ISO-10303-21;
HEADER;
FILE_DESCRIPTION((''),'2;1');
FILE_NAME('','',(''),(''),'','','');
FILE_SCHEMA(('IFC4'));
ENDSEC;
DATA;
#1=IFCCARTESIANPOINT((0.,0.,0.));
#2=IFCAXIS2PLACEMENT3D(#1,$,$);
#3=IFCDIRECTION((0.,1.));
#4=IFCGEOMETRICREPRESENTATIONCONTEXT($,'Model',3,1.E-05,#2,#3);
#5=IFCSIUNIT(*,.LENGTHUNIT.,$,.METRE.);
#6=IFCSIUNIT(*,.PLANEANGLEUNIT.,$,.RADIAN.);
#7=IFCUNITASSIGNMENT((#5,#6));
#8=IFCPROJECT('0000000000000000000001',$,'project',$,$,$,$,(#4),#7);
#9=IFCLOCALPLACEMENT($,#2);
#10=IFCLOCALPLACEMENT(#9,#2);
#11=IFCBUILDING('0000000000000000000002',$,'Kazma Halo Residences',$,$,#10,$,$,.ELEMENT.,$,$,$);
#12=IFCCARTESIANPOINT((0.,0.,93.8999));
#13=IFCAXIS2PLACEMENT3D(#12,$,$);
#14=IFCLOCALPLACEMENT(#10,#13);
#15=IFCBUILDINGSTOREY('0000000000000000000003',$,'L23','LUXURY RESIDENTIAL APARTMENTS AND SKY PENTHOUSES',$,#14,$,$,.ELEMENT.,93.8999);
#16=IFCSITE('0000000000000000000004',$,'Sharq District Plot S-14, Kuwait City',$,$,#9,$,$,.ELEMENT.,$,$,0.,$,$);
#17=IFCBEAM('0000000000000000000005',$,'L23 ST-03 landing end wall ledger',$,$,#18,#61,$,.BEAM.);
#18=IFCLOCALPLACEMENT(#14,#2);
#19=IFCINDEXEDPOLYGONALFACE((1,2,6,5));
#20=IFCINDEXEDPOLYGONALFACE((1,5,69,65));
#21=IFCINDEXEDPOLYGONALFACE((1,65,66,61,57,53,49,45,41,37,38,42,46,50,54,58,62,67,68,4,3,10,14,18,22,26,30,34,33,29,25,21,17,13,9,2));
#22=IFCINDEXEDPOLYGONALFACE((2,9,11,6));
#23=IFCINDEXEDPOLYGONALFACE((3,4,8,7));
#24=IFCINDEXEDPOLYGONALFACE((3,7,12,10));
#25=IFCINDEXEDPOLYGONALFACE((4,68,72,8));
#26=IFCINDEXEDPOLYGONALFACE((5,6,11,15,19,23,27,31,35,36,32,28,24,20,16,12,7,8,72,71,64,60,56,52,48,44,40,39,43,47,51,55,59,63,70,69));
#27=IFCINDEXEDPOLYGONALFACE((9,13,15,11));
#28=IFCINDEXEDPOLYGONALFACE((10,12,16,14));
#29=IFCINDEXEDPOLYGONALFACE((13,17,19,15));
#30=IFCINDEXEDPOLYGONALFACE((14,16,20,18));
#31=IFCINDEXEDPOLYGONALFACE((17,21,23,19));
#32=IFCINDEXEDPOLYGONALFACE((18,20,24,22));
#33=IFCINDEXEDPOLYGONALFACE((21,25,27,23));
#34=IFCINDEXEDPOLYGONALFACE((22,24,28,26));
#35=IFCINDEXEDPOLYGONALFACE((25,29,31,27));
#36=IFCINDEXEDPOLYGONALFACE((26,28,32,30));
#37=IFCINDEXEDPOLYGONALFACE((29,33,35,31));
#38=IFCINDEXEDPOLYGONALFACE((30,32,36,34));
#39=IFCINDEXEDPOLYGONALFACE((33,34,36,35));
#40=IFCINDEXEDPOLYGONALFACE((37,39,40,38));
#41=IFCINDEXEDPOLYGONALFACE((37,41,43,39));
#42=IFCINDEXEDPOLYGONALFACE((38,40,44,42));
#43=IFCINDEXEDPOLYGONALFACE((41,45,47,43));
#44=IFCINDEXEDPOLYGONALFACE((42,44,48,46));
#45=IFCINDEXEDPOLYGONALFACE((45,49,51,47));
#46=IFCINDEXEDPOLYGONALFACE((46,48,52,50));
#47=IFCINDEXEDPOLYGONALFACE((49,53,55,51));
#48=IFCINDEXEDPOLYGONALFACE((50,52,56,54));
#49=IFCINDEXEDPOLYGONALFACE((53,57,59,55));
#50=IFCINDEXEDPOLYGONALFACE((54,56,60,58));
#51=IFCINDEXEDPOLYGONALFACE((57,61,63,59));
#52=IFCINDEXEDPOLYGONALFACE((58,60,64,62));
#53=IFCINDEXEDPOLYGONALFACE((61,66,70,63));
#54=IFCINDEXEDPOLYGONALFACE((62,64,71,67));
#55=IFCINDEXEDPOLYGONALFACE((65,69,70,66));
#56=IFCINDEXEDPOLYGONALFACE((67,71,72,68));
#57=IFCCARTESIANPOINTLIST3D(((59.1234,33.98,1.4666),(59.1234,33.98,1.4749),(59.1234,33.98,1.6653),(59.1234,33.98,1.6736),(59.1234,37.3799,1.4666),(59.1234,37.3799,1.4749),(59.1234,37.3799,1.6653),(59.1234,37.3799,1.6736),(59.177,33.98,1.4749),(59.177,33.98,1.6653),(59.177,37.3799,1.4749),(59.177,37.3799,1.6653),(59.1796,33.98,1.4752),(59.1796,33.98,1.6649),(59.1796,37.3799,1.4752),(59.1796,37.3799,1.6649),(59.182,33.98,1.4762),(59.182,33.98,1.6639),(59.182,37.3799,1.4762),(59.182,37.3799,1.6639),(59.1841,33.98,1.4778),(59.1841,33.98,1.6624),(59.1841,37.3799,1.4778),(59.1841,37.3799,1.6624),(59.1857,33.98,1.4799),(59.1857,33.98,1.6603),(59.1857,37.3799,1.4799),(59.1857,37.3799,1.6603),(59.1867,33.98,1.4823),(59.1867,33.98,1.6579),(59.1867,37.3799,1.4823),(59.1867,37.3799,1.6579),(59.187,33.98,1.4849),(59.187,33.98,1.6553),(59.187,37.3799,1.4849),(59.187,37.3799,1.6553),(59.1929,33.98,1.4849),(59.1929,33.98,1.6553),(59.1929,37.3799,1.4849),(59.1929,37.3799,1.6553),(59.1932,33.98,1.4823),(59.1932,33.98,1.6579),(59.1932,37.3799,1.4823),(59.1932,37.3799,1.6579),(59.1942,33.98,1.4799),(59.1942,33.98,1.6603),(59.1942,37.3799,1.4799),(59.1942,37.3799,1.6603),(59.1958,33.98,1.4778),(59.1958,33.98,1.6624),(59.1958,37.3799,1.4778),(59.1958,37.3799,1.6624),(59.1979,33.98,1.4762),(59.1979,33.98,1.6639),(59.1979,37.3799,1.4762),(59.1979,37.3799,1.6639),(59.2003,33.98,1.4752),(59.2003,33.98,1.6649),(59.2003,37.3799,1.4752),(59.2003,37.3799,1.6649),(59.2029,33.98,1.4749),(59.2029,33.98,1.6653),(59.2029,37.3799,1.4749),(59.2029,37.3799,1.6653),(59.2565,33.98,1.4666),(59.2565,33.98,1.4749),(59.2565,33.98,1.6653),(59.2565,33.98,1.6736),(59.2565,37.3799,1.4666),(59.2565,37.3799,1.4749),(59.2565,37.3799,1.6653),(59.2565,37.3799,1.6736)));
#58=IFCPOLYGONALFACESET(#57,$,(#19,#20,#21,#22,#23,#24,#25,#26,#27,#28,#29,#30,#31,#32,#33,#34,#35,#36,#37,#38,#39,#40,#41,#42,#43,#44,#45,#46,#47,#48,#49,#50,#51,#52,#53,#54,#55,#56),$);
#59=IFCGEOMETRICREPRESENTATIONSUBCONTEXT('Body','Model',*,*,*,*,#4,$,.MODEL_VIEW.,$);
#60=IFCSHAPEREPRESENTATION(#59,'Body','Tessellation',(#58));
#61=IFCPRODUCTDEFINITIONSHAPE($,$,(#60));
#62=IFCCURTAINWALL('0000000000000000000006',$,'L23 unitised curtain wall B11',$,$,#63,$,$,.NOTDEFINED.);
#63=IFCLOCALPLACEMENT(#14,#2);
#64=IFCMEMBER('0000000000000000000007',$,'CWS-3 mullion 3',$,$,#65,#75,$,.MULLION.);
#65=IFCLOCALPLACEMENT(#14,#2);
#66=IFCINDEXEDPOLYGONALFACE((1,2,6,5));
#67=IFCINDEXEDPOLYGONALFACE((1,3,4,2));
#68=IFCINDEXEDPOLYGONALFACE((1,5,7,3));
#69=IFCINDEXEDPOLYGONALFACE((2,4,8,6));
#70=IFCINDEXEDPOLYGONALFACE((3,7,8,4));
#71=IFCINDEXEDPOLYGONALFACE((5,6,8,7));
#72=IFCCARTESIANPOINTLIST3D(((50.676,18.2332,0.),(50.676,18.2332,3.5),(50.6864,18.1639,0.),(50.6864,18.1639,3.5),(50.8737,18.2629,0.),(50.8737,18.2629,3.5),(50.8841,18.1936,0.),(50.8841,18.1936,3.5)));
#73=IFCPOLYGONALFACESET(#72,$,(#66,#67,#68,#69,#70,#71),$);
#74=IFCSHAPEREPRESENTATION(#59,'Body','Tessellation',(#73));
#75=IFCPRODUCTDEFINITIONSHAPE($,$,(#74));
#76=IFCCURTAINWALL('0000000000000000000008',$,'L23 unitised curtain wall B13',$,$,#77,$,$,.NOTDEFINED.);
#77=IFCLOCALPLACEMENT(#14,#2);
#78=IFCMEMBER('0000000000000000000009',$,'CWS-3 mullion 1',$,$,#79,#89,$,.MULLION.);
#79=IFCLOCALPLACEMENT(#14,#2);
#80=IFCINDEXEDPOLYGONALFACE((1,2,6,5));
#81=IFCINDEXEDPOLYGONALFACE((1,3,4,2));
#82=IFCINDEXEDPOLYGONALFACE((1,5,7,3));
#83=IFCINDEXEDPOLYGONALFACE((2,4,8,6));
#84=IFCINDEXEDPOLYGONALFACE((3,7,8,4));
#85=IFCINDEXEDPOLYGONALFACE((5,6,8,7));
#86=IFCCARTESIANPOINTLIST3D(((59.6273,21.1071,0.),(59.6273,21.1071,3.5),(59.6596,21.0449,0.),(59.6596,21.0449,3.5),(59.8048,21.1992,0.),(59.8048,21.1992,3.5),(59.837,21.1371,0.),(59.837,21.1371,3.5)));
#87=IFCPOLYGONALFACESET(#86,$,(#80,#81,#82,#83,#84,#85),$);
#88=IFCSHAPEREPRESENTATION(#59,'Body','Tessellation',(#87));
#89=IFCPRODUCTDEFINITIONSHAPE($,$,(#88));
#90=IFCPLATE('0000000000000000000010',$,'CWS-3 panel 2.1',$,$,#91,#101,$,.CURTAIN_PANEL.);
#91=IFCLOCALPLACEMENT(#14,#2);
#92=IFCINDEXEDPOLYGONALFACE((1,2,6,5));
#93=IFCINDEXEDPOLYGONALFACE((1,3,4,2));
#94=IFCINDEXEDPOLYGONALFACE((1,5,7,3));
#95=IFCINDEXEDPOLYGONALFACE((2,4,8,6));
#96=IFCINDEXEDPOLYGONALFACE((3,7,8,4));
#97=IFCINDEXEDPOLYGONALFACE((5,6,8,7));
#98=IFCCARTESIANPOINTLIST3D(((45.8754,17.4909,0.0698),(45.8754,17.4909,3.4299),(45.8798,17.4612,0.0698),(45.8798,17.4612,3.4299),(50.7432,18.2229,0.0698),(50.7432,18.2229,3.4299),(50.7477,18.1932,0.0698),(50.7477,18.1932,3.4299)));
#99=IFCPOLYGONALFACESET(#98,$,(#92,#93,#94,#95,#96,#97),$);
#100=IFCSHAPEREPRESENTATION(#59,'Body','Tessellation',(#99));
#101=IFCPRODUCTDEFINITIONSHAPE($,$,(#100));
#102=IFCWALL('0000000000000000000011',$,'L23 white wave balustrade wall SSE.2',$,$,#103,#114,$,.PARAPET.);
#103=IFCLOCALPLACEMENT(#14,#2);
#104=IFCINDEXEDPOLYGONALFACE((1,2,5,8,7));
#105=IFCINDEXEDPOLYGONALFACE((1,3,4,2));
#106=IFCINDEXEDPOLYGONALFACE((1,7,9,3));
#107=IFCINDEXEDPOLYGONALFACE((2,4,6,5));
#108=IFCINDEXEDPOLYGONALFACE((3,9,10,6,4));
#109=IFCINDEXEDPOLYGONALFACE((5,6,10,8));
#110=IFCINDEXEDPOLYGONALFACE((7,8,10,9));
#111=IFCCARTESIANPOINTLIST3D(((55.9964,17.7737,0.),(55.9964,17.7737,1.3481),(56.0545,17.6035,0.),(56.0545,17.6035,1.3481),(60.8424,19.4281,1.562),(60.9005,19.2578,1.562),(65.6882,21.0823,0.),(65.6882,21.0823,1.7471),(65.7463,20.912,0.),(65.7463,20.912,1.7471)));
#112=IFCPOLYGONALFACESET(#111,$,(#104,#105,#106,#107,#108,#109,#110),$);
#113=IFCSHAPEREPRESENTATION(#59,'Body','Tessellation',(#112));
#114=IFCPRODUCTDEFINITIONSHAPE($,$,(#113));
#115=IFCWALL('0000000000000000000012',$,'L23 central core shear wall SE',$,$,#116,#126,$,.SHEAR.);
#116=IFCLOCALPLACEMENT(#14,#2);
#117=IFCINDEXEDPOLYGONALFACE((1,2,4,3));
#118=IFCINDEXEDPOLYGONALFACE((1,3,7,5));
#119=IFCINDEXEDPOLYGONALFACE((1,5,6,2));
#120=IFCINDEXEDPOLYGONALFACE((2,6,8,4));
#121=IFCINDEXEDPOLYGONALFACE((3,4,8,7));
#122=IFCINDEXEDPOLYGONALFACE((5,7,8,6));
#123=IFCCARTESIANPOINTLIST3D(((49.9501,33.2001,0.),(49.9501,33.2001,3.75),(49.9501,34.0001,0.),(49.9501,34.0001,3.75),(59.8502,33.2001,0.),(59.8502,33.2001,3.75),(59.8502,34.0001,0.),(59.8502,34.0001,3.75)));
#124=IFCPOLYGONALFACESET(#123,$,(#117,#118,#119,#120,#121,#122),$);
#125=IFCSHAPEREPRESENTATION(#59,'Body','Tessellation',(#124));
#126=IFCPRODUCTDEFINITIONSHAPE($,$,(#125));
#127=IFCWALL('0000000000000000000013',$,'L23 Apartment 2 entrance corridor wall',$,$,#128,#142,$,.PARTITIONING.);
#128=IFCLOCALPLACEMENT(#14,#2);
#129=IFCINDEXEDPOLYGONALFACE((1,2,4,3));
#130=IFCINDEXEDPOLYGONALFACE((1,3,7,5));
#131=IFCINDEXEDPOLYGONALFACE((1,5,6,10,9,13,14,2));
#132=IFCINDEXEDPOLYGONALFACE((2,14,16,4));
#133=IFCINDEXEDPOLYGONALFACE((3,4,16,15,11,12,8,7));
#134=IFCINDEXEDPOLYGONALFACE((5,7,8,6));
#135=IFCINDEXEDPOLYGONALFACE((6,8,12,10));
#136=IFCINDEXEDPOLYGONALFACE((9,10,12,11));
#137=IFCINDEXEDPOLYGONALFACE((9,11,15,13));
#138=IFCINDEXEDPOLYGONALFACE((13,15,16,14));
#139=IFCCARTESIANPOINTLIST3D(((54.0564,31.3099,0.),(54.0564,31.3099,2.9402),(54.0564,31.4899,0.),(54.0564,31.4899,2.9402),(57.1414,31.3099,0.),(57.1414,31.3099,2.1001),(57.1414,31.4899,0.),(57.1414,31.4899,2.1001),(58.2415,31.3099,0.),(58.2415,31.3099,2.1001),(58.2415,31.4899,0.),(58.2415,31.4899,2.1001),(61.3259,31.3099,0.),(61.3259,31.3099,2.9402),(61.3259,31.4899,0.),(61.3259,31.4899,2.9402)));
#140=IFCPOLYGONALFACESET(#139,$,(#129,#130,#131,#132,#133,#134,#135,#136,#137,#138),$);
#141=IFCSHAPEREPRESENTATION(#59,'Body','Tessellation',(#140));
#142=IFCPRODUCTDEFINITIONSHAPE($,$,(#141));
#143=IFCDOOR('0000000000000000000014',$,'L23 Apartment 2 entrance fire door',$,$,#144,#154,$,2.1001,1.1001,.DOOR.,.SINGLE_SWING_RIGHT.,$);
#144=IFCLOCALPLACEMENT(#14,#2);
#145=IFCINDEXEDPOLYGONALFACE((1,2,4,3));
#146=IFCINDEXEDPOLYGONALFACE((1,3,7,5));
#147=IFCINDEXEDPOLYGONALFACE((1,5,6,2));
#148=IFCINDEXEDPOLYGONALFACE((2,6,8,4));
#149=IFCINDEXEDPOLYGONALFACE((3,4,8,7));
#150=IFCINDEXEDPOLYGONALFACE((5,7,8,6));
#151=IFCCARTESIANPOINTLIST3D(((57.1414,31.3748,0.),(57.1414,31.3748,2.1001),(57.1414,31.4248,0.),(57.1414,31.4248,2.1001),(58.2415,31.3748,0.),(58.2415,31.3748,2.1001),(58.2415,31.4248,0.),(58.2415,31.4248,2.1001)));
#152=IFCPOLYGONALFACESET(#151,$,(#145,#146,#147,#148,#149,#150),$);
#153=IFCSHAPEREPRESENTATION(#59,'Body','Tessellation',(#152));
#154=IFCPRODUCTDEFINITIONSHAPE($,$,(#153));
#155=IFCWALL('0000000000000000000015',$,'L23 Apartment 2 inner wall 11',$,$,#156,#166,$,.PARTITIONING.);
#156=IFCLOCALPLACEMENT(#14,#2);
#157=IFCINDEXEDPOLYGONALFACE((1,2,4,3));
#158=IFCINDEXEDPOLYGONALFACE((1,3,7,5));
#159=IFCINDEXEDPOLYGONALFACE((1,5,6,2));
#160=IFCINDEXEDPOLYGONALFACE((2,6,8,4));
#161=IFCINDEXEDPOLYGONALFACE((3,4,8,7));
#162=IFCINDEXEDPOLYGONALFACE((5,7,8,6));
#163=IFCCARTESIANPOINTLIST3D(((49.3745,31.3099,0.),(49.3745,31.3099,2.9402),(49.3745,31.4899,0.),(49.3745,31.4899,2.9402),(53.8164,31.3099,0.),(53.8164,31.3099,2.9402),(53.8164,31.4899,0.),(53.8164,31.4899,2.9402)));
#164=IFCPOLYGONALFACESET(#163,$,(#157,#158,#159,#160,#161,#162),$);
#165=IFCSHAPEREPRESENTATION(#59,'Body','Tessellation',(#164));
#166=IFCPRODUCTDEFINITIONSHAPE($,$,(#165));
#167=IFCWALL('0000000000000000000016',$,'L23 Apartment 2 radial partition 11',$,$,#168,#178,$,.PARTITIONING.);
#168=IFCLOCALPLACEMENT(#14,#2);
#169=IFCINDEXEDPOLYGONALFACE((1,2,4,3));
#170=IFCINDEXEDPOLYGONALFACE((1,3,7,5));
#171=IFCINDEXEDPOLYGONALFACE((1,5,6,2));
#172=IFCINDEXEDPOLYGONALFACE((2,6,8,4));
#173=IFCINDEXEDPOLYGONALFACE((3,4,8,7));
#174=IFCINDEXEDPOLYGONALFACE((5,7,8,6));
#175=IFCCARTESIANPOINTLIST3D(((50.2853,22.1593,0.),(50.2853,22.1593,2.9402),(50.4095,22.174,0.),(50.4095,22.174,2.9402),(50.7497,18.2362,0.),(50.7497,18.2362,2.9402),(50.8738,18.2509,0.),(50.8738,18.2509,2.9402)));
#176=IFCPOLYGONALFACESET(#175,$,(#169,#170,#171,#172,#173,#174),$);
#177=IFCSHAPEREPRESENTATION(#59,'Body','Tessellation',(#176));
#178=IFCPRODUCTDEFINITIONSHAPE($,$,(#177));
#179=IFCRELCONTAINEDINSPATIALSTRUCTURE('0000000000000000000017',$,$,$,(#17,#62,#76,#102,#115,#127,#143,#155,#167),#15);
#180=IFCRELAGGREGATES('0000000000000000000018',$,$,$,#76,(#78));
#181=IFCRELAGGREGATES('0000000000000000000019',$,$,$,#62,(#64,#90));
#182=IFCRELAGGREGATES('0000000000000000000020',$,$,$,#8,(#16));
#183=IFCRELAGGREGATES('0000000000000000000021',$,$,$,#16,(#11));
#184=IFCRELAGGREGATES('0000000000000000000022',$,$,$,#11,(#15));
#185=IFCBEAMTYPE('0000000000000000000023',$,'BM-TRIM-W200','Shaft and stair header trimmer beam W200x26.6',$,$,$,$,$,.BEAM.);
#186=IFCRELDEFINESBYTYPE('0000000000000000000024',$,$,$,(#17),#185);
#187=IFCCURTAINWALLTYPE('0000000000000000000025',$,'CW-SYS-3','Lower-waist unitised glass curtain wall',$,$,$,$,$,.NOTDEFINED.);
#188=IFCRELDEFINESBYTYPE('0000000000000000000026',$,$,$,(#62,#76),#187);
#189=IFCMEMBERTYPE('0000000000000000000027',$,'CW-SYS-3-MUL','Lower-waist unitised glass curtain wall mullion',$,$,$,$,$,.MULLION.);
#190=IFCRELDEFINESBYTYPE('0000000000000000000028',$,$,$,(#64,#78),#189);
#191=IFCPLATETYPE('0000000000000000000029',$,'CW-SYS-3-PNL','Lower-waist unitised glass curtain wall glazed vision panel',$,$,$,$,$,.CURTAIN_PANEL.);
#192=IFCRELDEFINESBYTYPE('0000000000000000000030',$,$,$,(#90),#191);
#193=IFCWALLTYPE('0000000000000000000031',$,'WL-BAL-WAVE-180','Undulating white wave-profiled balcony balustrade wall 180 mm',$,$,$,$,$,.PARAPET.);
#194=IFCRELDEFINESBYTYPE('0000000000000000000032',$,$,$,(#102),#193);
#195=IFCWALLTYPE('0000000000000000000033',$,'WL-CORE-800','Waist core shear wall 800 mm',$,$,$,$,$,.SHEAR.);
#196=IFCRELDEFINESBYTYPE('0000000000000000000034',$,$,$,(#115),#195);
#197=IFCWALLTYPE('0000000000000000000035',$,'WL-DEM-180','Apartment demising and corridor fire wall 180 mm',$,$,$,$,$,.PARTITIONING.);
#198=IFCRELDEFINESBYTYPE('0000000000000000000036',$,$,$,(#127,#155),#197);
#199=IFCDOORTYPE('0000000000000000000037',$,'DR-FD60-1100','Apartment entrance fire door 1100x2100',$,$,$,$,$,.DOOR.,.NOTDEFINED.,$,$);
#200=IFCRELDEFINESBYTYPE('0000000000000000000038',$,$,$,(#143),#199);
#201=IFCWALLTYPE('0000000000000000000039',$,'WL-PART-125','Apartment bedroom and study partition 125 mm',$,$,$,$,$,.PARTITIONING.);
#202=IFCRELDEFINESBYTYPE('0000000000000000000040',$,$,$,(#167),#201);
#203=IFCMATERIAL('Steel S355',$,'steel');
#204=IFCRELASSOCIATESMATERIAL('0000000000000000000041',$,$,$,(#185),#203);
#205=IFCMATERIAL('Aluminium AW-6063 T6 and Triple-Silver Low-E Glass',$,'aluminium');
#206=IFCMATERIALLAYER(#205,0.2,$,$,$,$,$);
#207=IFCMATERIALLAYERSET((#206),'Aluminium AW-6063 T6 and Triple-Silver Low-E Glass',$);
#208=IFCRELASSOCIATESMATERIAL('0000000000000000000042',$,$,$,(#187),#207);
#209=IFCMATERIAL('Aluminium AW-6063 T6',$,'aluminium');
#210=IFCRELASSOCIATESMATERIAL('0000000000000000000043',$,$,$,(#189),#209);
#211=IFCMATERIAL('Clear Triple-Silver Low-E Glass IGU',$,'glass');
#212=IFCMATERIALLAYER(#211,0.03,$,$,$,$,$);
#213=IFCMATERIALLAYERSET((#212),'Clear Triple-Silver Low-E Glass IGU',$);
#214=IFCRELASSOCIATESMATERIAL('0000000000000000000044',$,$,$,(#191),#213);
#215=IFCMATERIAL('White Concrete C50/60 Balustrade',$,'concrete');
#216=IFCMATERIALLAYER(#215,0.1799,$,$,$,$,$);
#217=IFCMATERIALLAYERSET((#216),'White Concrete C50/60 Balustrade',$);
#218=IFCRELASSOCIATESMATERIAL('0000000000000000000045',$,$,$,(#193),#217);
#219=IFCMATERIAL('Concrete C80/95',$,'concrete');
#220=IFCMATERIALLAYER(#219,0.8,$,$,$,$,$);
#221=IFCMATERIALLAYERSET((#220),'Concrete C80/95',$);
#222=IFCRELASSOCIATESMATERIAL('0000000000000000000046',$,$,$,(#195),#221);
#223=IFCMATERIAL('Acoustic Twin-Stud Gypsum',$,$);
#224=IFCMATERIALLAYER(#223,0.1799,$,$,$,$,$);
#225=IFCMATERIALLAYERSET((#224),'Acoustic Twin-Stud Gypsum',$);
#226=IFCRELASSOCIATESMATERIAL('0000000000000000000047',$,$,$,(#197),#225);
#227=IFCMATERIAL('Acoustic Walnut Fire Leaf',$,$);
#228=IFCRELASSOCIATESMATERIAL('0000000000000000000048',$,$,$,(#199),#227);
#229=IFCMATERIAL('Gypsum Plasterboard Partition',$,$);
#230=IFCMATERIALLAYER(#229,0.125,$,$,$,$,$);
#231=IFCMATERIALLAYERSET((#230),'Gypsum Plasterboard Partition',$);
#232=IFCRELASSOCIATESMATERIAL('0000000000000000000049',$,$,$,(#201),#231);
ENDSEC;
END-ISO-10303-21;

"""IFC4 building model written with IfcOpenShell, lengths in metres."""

from ifc_helpers import new_model, si_unit, direction, frame, frame_2d, origin, origin_2d, place, context, subcontext, project, spatial, polyline, rectangle, i_section, outline, extrude, material, layer, layer_set, material_profile, profile_set, type_object, element, fill, aggregate, save


model = new_model("IFC4")

# Units and contexts
model_context = context("Model", 3, precision=1e-05, world=origin(), true_north=direction((0.0, 1.0)))
body_context = subcontext(model_context, "Body", "Model", "MODEL_VIEW")
ifc_project = project(units=[si_unit("LENGTHUNIT", "METRE"), si_unit("PLANEANGLEUNIT", "RADIAN")], contexts=[model_context])

# Site, building, storey
site_placement = place(None, origin())
site = spatial("IfcSite", under=ifc_project, at=site_placement, Name="Sharq District Plot S-14, Kuwait City", CompositionType="ELEMENT", RefElevation=0.0)
building_placement = place(site_placement, origin())
building = spatial("IfcBuilding", under=site, at=building_placement, Name="Kazma Halo Residences", CompositionType="ELEMENT")
storey_placement = place(building_placement, frame((0.0, 0.0, 93.8999)))
storey = spatial("IfcBuildingStorey", under=building, at=storey_placement, Name="L23", Description="LUXURY RESIDENTIAL APARTMENTS AND SKY PENTHOUSES", CompositionType="ELEMENT", Elevation=93.8999)

# Shared definitions
ifc_material_1 = material(Name="Concrete C80/95", Category="concrete")

# Beam
ifc_material_2 = material(Name="Steel S355", Category="steel")
ifc_material_profile_1 = material_profile(ifc_material_2, i_section(OverallWidth=0.1331, OverallDepth=0.207, WebThickness=0.0059, FlangeThickness=0.0083, FilletRadius=0.01, at=origin_2d()), Name="W200x26.6")
ifc_profile_set_1 = profile_set([ifc_material_profile_1], Name="Steel S355")
beam_type_1 = type_object("IfcBeamType", Name="BM-TRIM-W200", Description="Shaft and stair header trimmer beam W200x26.6", PredefinedType="BEAM", material=ifc_profile_set_1)
beam_1_placement = place(storey_placement, frame((59.1899, 33.98, 1.5701), z_axis=(0.0, 1.0, 0.0), x_axis=(-1.0, 0.0, 0.0)))
element("IfcBeam", 1, at=beam_1_placement, inside=storey, type_object=beam_type_1, Name="L23 ST-03 landing end wall ledger", PredefinedType="BEAM", context=body_context, shape_type="SweptSolid", body=[
    extrude(i_section(OverallWidth=0.1331, OverallDepth=0.207, WebThickness=0.0059, FlangeThickness=0.0083, FilletRadius=0.01, at=origin_2d()), origin(), (0.0, 0.0, 1.0), 3.3999),
])

# Curtain walls, members
ifc_material_3 = material(Name="Aluminium AW-6063 T6 and Triple-Silver Low-E Glass", Category="aluminium")
ifc_layer_1 = layer(ifc_material_3, 0.2)
ifc_layer_set_1 = layer_set([ifc_layer_1], Name="Aluminium AW-6063 T6 and Triple-Silver Low-E Glass")
curtain_wall_type = type_object("IfcCurtainWallType", Name="CW-SYS-3", Description="Lower-waist unitised glass curtain wall", PredefinedType="NOTDEFINED", material=ifc_layer_set_1)
curtain_wall_1_placement = place(storey_placement, origin())
curtain_wall_1 = element("IfcCurtainWall", 2, at=curtain_wall_1_placement, inside=storey, type_object=curtain_wall_type, Name="L23 unitised curtain wall B11", PredefinedType="NOTDEFINED")
ifc_material_4 = material(Name="Aluminium AW-6063 T6", Category="aluminium")
ifc_material_profile_2 = material_profile(ifc_material_4, rectangle(XDim=0.0701, YDim=0.2, at=origin_2d()), Name="CWM-70x200")
ifc_profile_set_2 = profile_set([ifc_material_profile_2], Name="Aluminium AW-6063 T6")
member_type = type_object("IfcMemberType", Name="CW-SYS-3-MUL", Description="Lower-waist unitised glass curtain wall mullion", PredefinedType="MULLION", material=ifc_profile_set_2)
member_1_placement = place(storey_placement, frame((50.78, 18.2134, 0.0), z_axis=(0.0, 0.0, 1.0), x_axis=(-0.148717, 0.98888, 0.0)))
member_1 = element("IfcMember", 3, at=member_1_placement, type_object=member_type, Name="CWS-3 mullion 3", PredefinedType="MULLION", context=body_context, shape_type="SweptSolid", body=[
    extrude(rectangle(XDim=0.0701, YDim=0.2, at=origin_2d()), origin(), (0.0, 0.0, 1.0), 3.5),
])
curtain_wall_2_placement = place(storey_placement, origin())
curtain_wall_2 = element("IfcCurtainWall", 4, at=curtain_wall_2_placement, inside=storey, type_object=curtain_wall_type, Name="L23 unitised curtain wall B13", PredefinedType="NOTDEFINED")
member_2_placement = place(storey_placement, frame((59.7322, 21.1221, 0.0), z_axis=(0.0, 0.0, 1.0), x_axis=(-0.460932, 0.887435, 0.0)))
member_2 = element("IfcMember", 5, at=member_2_placement, type_object=member_type, Name="CWS-3 mullion 1", PredefinedType="MULLION", context=body_context, shape_type="SweptSolid", body=[
    extrude(rectangle(XDim=0.0701, YDim=0.2, at=origin_2d()), origin(), (0.0, 0.0, 1.0), 3.5),
])
aggregate(curtain_wall_2, [member_2])

# Plate
ifc_material_5 = material(Name="Clear Triple-Silver Low-E Glass IGU", Category="glass")
ifc_layer_2 = layer(ifc_material_5, 0.03)
ifc_layer_set_2 = layer_set([ifc_layer_2], Name="Clear Triple-Silver Low-E Glass IGU")
plate_type = type_object("IfcPlateType", Name="CW-SYS-3-PNL", Description="Lower-waist unitised glass curtain wall glazed vision panel", PredefinedType="CURTAIN_PANEL", material=ifc_layer_set_2)
plate_placement = place(storey_placement, frame((48.3115, 17.842, 0.0698), z_axis=(0.0, 0.0, 1.0), x_axis=(0.98888, 0.148717, 0.0)))
plate = element("IfcPlate", 6, at=plate_placement, type_object=plate_type, Name="CWS-3 panel 2.1", PredefinedType="CURTAIN_PANEL", context=body_context, shape_type="SweptSolid", body=[
    extrude(rectangle(XDim=4.9226, YDim=0.03, at=origin_2d()), origin(), (0.0, 0.0, 1.0), 3.3601),
])
aggregate(curtain_wall_1, [member_1, plate])

# Walls
ifc_material_6 = material(Name="White Concrete C50/60 Balustrade", Category="concrete")
ifc_layer_3 = layer(ifc_material_6, 0.1799)
ifc_layer_set_3 = layer_set([ifc_layer_3], Name="White Concrete C50/60 Balustrade")
wall_type_1 = type_object("IfcWallType", Name="WL-BAL-WAVE-180", Description="Undulating white wave-profiled balcony balustrade wall 180 mm", PredefinedType="PARAPET", material=ifc_layer_set_3)
wall_1_placement = place(storey_placement, frame((56.0254, 17.6887, 0.0), z_axis=(0.0, 0.0, 1.0), x_axis=(0.946375, 0.323071, 0.0)))
element("IfcWall", 7, at=wall_1_placement, inside=storey, type_object=wall_type_1, Name="L23 white wave balustrade wall SSE.2", PredefinedType="PARAPET", context=body_context, shape_type="SweptSolid", body=[
    extrude(outline(polyline([(0.0, 0.0), (10.241, 0.0), (10.241, 1.7471), (5.1206, 1.562), (0.0, 1.3481), (0.0, 0.0)])), frame((0.0, 0.0898, 0.0), z_axis=(0.0, -1.0, 0.0), x_axis=(1.0, 0.0, 0.0)), (0.0, 0.0, 1.0), 0.1799),
])
ifc_layer_4 = layer(ifc_material_1, 0.8)
ifc_layer_set_4 = layer_set([ifc_layer_4], Name="Concrete C80/95")
wall_type_2 = type_object("IfcWallType", Name="WL-CORE-800", Description="Waist core shear wall 800 mm", PredefinedType="SHEAR", material=ifc_layer_set_4)
wall_2_placement = place(storey_placement, frame((49.95, 33.6001, 0.0), z_axis=(0.0, 0.0, 1.0), x_axis=(1.0, 0.0, 0.0)))
element("IfcWall", 8, at=wall_2_placement, inside=storey, type_object=wall_type_2, Name="L23 central core shear wall SE", PredefinedType="SHEAR", context=body_context, shape_type="SweptSolid", body=[
    extrude(rectangle(XDim=9.9001, YDim=0.8, at=frame_2d((4.9502, 0.0))), origin(), (0.0, 0.0, 1.0), 3.75),
])

# Wall, opening, door
ifc_material_7 = material(Name="Acoustic Twin-Stud Gypsum")
ifc_layer_5 = layer(ifc_material_7, 0.1799)
ifc_layer_set_5 = layer_set([ifc_layer_5], Name="Acoustic Twin-Stud Gypsum")
wall_type_3 = type_object("IfcWallType", Name="WL-DEM-180", Description="Apartment demising and corridor fire wall 180 mm", PredefinedType="PARTITIONING", material=ifc_layer_set_5)
wall_3_placement = place(storey_placement, frame((54.0564, 31.3999, 0.0), z_axis=(0.0, 0.0, 1.0), x_axis=(1.0, 0.0, 0.0)))
wall_3 = element("IfcWall", 9, at=wall_3_placement, inside=storey, type_object=wall_type_3, Name="L23 Apartment 2 entrance corridor wall", PredefinedType="PARTITIONING", context=body_context, shape_type="SweptSolid", body=[
    extrude(rectangle(XDim=7.2695, YDim=0.1799, at=frame_2d((3.6348, 0.0))), origin(), (0.0, 0.0, 1.0), 2.9402),
])
opening_1_placement = place(wall_3_placement, frame((3.085, 0.0, 0.0)))
opening_1 = element("IfcOpeningElement", 10, at=opening_1_placement, cuts=wall_3, PredefinedType="OPENING", context=body_context, shape_type="SweptSolid", body=[
    extrude(rectangle(XDim=1.1001, YDim=2.1001, at=frame_2d((0.55, 1.05))), frame((0.0, 0.0999, 0.0), z_axis=(0.0, -1.0, 0.0), x_axis=(1.0, 0.0, 0.0)), (0.0, 0.0, 1.0), 0.2),
])
ifc_material_8 = material(Name="Acoustic Walnut Fire Leaf")
door_type_1 = type_object("IfcDoorType", Name="DR-FD60-1100", Description="Apartment entrance fire door 1100x2100", OperationType="NOTDEFINED", PredefinedType="DOOR", material=ifc_material_8)
door_1_placement = place(opening_1_placement, origin())
door_1 = element("IfcDoor", 11, at=door_1_placement, inside=storey, type_object=door_type_1, Name="L23 Apartment 2 entrance fire door", OperationType="SINGLE_SWING_RIGHT", OverallHeight=2.1001, OverallWidth=1.1001, PredefinedType="DOOR", context=body_context, shape_type="SweptSolid", body=[
    extrude(rectangle(XDim=1.1001, YDim=2.1001, at=frame_2d((0.55, 1.05))), frame((0.0, 0.0249, 0.0), z_axis=(0.0, -1.0, 0.0), x_axis=(1.0, 0.0, 0.0)), (0.0, 0.0, 1.0), 0.05),
])
fill(opening_1, door_1)

# Wall
wall_4_placement = place(storey_placement, frame((49.3745, 31.3999, 0.0), z_axis=(0.0, 0.0, 1.0), x_axis=(1.0, 0.0, 0.0)))
element("IfcWall", 12, at=wall_4_placement, inside=storey, type_object=wall_type_3, Name="L23 Apartment 2 inner wall 11", PredefinedType="PARTITIONING", context=body_context, shape_type="SweptSolid", body=[
    extrude(rectangle(XDim=4.4419, YDim=0.1799, at=frame_2d((2.2209, 0.0))), origin(), (0.0, 0.0, 1.0), 2.9402),
])

# Wall
ifc_material_9 = material(Name="Gypsum Plasterboard Partition")
ifc_layer_6 = layer(ifc_material_9, 0.125)
ifc_layer_set_6 = layer_set([ifc_layer_6], Name="Gypsum Plasterboard Partition")
wall_type_4 = type_object("IfcWallType", Name="WL-PART-125", Description="Apartment bedroom and study partition 125 mm", PredefinedType="PARTITIONING", material=ifc_layer_set_6)
wall_5_placement = place(storey_placement, frame((50.3474, 22.1665, 0.0), z_axis=(0.0, 0.0, 1.0), x_axis=(0.117544, -0.993068, 0.0)))
element("IfcWall", 13, at=wall_5_placement, inside=storey, type_object=wall_type_4, Name="L23 Apartment 2 radial partition 11", PredefinedType="PARTITIONING", context=body_context, shape_type="SweptSolid", body=[
    extrude(rectangle(XDim=3.9504, YDim=0.125, at=frame_2d((1.9751, 0.0))), origin(), (0.0, 0.0, 1.0), 2.9402),
])

save(model, "model.ifc")
